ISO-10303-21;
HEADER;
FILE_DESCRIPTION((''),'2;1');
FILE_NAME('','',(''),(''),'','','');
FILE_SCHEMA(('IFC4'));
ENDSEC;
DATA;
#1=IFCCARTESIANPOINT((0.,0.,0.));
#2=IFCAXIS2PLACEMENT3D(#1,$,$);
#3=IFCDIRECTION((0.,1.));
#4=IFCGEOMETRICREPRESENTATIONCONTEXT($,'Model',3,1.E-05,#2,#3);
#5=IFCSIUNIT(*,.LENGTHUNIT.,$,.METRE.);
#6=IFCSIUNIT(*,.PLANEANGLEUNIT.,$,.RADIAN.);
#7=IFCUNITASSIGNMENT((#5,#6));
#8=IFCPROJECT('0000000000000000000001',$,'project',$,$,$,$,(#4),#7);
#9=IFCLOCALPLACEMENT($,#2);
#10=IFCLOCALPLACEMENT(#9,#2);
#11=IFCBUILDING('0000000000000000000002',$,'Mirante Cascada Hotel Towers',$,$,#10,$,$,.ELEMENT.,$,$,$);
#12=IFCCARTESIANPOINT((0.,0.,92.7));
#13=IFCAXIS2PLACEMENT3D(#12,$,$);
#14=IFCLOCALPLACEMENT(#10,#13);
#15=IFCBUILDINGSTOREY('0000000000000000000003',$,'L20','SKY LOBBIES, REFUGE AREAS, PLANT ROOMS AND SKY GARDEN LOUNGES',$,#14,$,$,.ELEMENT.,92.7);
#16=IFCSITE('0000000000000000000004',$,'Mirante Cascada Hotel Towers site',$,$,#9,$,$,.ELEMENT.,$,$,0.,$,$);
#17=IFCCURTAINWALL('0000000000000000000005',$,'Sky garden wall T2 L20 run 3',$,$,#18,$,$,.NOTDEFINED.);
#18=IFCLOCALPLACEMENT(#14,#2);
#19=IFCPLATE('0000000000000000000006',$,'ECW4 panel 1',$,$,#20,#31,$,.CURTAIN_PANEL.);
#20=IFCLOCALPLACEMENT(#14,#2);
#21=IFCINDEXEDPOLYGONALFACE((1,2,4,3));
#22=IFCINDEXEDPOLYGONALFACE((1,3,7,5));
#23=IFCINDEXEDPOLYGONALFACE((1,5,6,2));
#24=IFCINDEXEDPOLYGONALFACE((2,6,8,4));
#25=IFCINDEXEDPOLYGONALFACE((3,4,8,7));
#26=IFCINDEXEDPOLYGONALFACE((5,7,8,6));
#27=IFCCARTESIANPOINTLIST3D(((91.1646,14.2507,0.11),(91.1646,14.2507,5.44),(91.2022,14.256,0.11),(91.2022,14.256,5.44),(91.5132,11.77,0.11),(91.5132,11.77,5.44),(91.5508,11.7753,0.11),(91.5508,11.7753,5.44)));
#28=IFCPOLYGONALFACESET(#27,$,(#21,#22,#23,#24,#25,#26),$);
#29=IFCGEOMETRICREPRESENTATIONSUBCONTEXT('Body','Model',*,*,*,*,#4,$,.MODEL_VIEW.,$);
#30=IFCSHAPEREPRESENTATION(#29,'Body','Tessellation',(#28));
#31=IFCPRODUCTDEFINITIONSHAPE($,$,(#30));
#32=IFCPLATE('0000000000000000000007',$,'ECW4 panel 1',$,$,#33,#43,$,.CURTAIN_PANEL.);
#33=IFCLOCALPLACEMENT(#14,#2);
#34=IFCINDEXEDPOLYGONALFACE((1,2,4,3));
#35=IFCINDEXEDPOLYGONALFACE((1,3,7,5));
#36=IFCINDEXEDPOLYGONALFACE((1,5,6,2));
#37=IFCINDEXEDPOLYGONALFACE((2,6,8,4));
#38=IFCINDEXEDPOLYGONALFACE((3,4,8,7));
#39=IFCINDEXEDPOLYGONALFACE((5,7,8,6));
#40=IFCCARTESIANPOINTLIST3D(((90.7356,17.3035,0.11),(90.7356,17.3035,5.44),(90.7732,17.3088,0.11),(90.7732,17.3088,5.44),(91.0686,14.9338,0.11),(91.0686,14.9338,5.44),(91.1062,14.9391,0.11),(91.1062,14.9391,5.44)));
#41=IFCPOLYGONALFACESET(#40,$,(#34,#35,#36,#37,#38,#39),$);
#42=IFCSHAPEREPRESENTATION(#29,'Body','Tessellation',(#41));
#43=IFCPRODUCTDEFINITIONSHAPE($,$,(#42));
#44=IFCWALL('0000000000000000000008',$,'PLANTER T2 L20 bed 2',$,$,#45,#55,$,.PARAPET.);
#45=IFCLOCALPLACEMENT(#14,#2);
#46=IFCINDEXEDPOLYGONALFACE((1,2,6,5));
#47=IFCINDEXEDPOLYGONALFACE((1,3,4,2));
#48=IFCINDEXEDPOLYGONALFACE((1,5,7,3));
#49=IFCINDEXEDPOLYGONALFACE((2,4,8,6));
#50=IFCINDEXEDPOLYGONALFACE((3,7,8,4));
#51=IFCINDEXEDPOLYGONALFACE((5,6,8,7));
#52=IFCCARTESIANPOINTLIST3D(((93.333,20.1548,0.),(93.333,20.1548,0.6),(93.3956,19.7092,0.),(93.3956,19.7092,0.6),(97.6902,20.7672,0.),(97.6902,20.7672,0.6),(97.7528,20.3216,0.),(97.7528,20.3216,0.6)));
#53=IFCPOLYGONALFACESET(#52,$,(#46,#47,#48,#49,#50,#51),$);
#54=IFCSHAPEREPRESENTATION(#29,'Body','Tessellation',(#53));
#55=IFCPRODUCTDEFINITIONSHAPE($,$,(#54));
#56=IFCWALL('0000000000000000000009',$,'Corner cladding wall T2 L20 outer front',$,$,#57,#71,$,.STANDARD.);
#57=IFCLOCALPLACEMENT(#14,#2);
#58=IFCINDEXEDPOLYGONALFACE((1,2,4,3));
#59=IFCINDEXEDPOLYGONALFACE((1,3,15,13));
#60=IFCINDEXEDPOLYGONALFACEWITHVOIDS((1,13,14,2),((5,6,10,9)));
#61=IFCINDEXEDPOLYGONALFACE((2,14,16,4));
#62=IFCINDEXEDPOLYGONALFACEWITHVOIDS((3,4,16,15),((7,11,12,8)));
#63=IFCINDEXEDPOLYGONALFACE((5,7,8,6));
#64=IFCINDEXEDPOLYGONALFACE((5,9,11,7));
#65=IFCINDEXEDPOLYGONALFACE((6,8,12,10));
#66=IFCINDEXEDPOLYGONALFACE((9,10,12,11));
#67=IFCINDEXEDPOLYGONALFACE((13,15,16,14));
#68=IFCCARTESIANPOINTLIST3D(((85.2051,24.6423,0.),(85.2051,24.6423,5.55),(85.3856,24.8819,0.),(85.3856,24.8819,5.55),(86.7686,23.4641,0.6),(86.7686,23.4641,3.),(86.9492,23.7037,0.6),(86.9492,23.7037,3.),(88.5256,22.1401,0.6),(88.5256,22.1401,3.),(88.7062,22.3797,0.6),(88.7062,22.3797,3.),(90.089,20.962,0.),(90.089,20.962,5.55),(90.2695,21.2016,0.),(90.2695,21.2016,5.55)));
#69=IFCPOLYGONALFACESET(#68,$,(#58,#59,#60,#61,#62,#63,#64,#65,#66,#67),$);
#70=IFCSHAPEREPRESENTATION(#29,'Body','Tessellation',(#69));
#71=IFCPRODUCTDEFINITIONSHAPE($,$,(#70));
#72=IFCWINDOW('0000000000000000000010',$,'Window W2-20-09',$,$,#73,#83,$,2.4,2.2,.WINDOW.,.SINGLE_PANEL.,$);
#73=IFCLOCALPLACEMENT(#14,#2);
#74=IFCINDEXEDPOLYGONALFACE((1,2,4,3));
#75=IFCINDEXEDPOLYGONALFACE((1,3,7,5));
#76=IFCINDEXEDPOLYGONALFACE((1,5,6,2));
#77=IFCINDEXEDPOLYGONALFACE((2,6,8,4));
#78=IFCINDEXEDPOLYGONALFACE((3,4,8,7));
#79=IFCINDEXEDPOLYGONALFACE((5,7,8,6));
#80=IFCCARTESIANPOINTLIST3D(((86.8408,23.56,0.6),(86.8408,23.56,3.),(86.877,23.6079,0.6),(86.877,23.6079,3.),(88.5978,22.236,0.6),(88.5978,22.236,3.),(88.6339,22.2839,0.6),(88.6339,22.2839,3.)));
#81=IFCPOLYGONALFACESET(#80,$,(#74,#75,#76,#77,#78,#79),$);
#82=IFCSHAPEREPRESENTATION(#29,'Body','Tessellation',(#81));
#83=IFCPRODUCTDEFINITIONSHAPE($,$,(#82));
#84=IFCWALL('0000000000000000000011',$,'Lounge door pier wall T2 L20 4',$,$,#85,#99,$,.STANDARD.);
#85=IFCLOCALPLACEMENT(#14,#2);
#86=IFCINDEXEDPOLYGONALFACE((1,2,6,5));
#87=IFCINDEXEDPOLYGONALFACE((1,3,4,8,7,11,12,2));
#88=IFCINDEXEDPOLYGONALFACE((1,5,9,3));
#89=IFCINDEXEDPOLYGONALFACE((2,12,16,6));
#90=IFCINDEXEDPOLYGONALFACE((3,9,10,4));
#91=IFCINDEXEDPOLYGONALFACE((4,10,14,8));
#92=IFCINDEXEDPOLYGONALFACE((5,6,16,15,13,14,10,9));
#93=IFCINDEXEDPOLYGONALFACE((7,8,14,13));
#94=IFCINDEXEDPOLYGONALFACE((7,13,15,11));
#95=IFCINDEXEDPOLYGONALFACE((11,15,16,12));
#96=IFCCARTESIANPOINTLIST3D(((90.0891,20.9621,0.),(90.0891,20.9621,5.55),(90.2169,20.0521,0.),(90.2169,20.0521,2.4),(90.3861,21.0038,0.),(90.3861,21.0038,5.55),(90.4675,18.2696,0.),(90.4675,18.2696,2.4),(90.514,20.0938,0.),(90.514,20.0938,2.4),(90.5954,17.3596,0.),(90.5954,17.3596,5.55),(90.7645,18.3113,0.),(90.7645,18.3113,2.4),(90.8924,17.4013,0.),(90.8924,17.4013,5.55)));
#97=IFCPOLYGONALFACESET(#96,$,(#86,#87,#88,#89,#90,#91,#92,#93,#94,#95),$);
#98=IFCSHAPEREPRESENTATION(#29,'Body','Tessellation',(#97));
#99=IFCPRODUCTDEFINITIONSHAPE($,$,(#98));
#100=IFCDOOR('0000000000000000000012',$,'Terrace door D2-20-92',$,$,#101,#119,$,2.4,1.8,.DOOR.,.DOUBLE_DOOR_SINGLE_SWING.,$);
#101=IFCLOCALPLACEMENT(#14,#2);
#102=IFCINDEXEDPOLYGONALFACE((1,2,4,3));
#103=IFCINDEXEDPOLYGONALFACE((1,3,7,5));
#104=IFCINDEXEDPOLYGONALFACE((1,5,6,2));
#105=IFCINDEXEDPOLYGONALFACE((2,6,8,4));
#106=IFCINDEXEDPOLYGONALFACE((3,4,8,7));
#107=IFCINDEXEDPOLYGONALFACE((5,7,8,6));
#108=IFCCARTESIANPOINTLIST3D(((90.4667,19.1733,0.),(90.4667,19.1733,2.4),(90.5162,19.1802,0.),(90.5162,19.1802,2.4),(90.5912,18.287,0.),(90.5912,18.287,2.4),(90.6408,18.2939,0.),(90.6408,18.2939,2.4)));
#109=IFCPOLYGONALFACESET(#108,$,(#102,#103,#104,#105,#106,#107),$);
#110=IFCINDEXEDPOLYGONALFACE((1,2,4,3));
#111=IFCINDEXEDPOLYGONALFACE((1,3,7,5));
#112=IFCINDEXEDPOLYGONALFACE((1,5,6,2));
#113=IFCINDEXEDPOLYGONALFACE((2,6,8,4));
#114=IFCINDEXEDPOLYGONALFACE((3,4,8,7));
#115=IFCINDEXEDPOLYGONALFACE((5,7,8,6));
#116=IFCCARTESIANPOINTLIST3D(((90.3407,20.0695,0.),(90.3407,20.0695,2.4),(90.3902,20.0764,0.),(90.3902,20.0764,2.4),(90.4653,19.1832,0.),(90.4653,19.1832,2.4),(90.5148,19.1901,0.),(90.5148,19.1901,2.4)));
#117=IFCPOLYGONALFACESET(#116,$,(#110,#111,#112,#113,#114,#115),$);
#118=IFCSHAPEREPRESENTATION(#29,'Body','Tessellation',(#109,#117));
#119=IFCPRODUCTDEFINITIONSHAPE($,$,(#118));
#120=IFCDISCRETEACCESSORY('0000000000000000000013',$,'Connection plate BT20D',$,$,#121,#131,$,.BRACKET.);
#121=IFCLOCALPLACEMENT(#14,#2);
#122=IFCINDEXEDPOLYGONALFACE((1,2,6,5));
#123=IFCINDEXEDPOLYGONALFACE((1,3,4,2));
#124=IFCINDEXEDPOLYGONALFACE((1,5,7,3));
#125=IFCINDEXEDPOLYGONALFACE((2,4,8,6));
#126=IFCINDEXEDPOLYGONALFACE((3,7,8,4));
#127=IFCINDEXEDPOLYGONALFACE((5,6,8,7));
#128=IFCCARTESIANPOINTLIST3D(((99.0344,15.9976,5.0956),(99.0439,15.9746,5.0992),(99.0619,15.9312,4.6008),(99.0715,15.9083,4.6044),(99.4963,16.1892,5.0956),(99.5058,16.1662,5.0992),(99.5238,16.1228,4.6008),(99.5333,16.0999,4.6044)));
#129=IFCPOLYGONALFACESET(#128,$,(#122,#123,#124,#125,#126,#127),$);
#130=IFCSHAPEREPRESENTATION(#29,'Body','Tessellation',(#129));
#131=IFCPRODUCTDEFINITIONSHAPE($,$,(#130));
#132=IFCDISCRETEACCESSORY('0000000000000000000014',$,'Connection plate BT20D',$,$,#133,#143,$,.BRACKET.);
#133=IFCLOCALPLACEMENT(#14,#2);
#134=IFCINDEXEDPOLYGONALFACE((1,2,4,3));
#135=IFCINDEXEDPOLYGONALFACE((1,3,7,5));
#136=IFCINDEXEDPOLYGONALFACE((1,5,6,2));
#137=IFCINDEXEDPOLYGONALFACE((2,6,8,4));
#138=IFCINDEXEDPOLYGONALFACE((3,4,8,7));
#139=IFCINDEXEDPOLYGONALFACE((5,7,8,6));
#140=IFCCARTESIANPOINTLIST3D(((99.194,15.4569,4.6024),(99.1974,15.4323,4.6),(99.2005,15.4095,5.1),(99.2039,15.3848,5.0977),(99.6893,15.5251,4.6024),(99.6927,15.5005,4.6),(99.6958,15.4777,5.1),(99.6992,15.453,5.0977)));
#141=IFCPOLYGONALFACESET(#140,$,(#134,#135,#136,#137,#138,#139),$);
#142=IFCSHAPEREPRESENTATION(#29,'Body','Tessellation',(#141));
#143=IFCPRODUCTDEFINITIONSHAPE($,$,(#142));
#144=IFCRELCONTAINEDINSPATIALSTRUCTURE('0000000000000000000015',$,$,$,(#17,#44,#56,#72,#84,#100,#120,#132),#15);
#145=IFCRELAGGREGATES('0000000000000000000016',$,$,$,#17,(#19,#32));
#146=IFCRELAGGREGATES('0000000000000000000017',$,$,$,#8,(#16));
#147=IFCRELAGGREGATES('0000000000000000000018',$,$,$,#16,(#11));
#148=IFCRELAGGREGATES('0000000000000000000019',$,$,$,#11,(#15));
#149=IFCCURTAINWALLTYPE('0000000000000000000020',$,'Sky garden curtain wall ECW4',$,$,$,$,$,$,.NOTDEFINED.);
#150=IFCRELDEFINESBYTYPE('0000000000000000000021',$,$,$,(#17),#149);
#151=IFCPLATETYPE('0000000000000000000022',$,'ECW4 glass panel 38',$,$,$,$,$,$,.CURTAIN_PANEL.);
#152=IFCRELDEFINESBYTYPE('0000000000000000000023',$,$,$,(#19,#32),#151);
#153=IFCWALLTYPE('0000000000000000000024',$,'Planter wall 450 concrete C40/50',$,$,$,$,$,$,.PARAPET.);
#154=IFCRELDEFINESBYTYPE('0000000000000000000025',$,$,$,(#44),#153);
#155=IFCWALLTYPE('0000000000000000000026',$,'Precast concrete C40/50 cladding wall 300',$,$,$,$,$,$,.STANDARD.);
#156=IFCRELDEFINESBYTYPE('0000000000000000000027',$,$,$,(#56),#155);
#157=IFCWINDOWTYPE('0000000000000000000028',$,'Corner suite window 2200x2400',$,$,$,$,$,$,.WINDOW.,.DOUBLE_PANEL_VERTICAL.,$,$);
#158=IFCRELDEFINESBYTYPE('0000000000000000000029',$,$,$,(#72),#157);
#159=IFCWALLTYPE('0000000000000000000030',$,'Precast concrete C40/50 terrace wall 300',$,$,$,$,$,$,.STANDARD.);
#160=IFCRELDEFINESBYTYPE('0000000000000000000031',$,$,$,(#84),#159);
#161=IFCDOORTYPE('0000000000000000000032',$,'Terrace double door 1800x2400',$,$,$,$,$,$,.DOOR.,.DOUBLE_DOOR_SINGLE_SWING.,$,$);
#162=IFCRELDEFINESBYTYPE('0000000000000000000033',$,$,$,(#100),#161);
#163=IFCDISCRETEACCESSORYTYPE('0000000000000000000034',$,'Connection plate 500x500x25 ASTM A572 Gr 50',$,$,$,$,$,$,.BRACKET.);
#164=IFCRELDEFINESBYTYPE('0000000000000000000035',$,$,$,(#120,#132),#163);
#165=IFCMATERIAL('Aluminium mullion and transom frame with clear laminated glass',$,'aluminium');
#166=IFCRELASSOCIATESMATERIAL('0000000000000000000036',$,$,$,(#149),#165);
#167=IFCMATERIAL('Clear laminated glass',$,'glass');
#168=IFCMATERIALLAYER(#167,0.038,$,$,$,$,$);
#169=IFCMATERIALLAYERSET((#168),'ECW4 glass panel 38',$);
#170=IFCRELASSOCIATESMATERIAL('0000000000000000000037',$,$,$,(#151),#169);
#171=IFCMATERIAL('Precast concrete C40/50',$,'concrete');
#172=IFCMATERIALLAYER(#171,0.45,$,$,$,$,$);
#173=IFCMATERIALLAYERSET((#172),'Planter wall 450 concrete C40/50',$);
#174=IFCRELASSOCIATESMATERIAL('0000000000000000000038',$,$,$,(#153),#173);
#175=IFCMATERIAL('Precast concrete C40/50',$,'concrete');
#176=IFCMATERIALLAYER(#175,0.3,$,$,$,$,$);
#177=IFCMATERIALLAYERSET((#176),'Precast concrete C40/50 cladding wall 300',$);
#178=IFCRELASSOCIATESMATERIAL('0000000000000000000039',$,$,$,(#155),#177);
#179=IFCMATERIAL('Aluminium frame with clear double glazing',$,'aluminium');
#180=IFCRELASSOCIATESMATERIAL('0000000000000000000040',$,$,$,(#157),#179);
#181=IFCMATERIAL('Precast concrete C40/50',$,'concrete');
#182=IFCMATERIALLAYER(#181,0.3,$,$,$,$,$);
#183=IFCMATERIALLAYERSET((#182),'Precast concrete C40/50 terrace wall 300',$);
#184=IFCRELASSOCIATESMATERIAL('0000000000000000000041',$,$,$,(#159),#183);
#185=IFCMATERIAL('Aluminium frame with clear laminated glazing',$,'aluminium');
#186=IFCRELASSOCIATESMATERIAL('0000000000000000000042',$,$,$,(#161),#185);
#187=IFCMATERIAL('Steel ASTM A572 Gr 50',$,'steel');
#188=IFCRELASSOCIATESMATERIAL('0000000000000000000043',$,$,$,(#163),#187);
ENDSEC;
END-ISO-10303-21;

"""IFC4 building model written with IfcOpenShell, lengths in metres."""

from ifc_helpers import new_model, si_unit, direction, frame, frame_2d, origin, origin_2d, place, context, subcontext, project, spatial, rectangle, extrude, material, layer, layer_set, material_profile, profile_set, type_object, element, fill, aggregate, save


model = new_model("IFC4")

# Units and contexts
model_context = context("Model", 3, precision=1e-05, world=origin(), true_north=direction((0.0, 1.0)))
body_context = subcontext(model_context, "Body", "Model", "MODEL_VIEW")
ifc_project = project(units=[si_unit("LENGTHUNIT", "METRE"), si_unit("PLANEANGLEUNIT", "RADIAN")], contexts=[model_context])

# Site, building, storey
site_placement = place(None, origin())
site = spatial("IfcSite", under=ifc_project, at=site_placement, Name="Mirante Cascada Hotel Towers site", CompositionType="ELEMENT", RefElevation=0.0)
building_placement = place(site_placement, origin())
building = spatial("IfcBuilding", under=site, at=building_placement, Name="Mirante Cascada Hotel Towers", CompositionType="ELEMENT")
storey_placement = place(building_placement, frame((0.0, 0.0, 92.7)))
storey = spatial("IfcBuildingStorey", under=building, at=storey_placement, Name="L20", Description="SKY LOBBIES, REFUGE AREAS, PLANT ROOMS AND SKY GARDEN LOUNGES", CompositionType="ELEMENT", Elevation=92.7)

# Curtain wall, plates
ifc_material_1 = material(Name="Aluminium mullion and transom frame with clear laminated glass", Category="aluminium")
curtain_wall_type = type_object("IfcCurtainWallType", Name="Sky garden curtain wall ECW4", PredefinedType="NOTDEFINED", material=ifc_material_1)
curtain_wall_placement = place(storey_placement, origin())
curtain_wall = element("IfcCurtainWall", 1, at=curtain_wall_placement, inside=storey, type_object=curtain_wall_type, Name="Sky garden wall T2 L20 run 3", PredefinedType="NOTDEFINED")
ifc_material_2 = material(Name="Clear laminated glass", Category="glass")
ifc_layer_1 = layer(ifc_material_2, 0.038)
ifc_layer_set_1 = layer_set([ifc_layer_1], Name="ECW4 glass panel 38")
plate_type = type_object("IfcPlateType", Name="ECW4 glass panel 38", PredefinedType="CURTAIN_PANEL", material=ifc_layer_set_1)
plate_1_placement = place(storey_placement, frame((91.3577, 13.013, 0.11), z_axis=(0.0, 0.0, 1.0), x_axis=(-0.139173, 0.990268, 0.0)))
plate_1 = element("IfcPlate", 2, at=plate_1_placement, type_object=plate_type, Name="ECW4 panel 1", PredefinedType="CURTAIN_PANEL", context=body_context, shape_type="SweptSolid", body=[
    extrude(rectangle(XDim=2.505, YDim=0.038, at=origin_2d()), origin(), (0.0, 0.0, 1.0), 5.33),
])
plate_2_placement = place(storey_placement, frame((90.9209, 16.1213, 0.11), z_axis=(0.0, 0.0, 1.0), x_axis=(-0.139173, 0.990268, 0.0)))
plate_2 = element("IfcPlate", 3, at=plate_2_placement, type_object=plate_type, Name="ECW4 panel 1", PredefinedType="CURTAIN_PANEL", context=body_context, shape_type="SweptSolid", body=[
    extrude(rectangle(XDim=2.3929, YDim=0.038, at=origin_2d()), origin(), (0.0, 0.0, 1.0), 5.33),
])
aggregate(curtain_wall, [plate_1, plate_2])

# Wall
ifc_material_3 = material(Name="Precast concrete C40/50", Category="concrete")
ifc_layer_2 = layer(ifc_material_3, 0.45)
ifc_layer_set_2 = layer_set([ifc_layer_2], Name="Planter wall 450 concrete C40/50")
wall_type_1 = type_object("IfcWallType", Name="Planter wall 450 concrete C40/50", PredefinedType="PARAPET", material=ifc_layer_set_2)
wall_1_placement = place(storey_placement, frame((93.3643, 19.932, 0.0), z_axis=(0.0, 0.0, 1.0), x_axis=(0.990267, 0.139181, 0.0)))
element("IfcWall", 4, at=wall_1_placement, inside=storey, type_object=wall_type_1, Name="PLANTER T2 L20 bed 2", PredefinedType="PARAPET", context=body_context, shape_type="SweptSolid", body=[
    extrude(rectangle(XDim=4.4, YDim=0.45, at=frame_2d((2.2, 0.0))), origin(), (0.0, 0.0, 1.0), 0.6),
])

# Wall, opening, window
ifc_material_4 = material(Name="Precast concrete C40/50", Category="concrete")
ifc_layer_3 = layer(ifc_material_4, 0.3)
ifc_layer_set_3 = layer_set([ifc_layer_3], Name="Precast concrete C40/50 cladding wall 300")
wall_type_2 = type_object("IfcWallType", Name="Precast concrete C40/50 cladding wall 300", PredefinedType="STANDARD", material=ifc_layer_set_3)
wall_2_placement = place(storey_placement, frame((90.1793, 21.0818, 0.0), z_axis=(0.0, 0.0, 1.0), x_axis=(-0.798634, 0.601817, 0.0)))
wall_2 = element("IfcWall", 5, at=wall_2_placement, inside=storey, type_object=wall_type_2, Name="Corner cladding wall T2 L20 outer front", PredefinedType="STANDARD", context=body_context, shape_type="SweptSolid", body=[
    extrude(rectangle(XDim=6.1153, YDim=0.3, at=frame_2d((3.0577, 0.0))), origin(), (0.0, 0.0, 1.0), 5.55),
])
opening_1_placement = place(wall_2_placement, frame((1.9576, 0.0, 0.6)))
opening_1 = element("IfcOpeningElement", 6, at=opening_1_placement, cuts=wall_2, PredefinedType="OPENING", context=body_context, shape_type="SweptSolid", body=[
    extrude(rectangle(XDim=2.2, YDim=2.4, at=frame_2d((1.1, 1.2))), frame((0.0, 0.15, 0.0), z_axis=(0.0, -1.0, 0.0), x_axis=(1.0, 0.0, 0.0)), (0.0, 0.0, 1.0), 0.3),
])
ifc_material_5 = material(Name="Aluminium frame with clear double glazing", Category="aluminium")
window_type = type_object("IfcWindowType", Name="Corner suite window 2200x2400", PartitioningType="DOUBLE_PANEL_VERTICAL", PredefinedType="WINDOW", material=ifc_material_5)
window_placement = place(opening_1_placement, origin())
window = element("IfcWindow", 7, at=window_placement, inside=storey, type_object=window_type, Name="Window W2-20-09", OverallHeight=2.4, OverallWidth=2.2, PartitioningType="SINGLE_PANEL", PredefinedType="WINDOW", context=body_context, shape_type="SweptSolid", body=[
    extrude(rectangle(XDim=2.2, YDim=2.4, at=frame_2d((1.1, 1.2))), frame((0.0, 0.03, 0.0), z_axis=(0.0, -1.0, 0.0), x_axis=(1.0, 0.0, 0.0)), (0.0, 0.0, 1.0), 0.06),
])
fill(opening_1, window)

# Wall, opening, door
ifc_material_6 = material(Name="Precast concrete C40/50", Category="concrete")
ifc_layer_4 = layer(ifc_material_6, 0.3)
ifc_layer_set_4 = layer_set([ifc_layer_4], Name="Precast concrete C40/50 terrace wall 300")
wall_type_3 = type_object("IfcWallType", Name="Precast concrete C40/50 terrace wall 300", PredefinedType="STANDARD", material=ifc_layer_set_4)
wall_3_placement = place(storey_placement, frame((90.7439, 17.3804, 0.0), z_axis=(0.0, 0.0, 1.0), x_axis=(-0.139174, 0.990268, 0.0)))
wall_3 = element("IfcWall", 8, at=wall_3_placement, inside=storey, type_object=wall_type_3, Name="Lounge door pier wall T2 L20 4", PredefinedType="STANDARD", context=body_context, shape_type="SweptSolid", body=[
    extrude(rectangle(XDim=3.6379, YDim=0.3, at=frame_2d((1.819, 0.0))), origin(), (0.0, 0.0, 1.0), 5.55),
])
opening_2_placement = place(wall_3_placement, frame((0.919, 0.0, 0.0)))
opening_2 = element("IfcOpeningElement", 9, at=opening_2_placement, cuts=wall_3, PredefinedType="OPENING", context=body_context, shape_type="SweptSolid", body=[
    extrude(rectangle(XDim=1.8, YDim=2.4, at=frame_2d((0.9, 1.2))), frame((0.0, 0.15, 0.0), z_axis=(0.0, -1.0, 0.0), x_axis=(1.0, 0.0, 0.0)), (0.0, 0.0, 1.0), 0.3),
])
ifc_material_7 = material(Name="Aluminium frame with clear laminated glazing", Category="aluminium")
door_type = type_object("IfcDoorType", Name="Terrace double door 1800x2400", OperationType="DOUBLE_DOOR_SINGLE_SWING", PredefinedType="DOOR", material=ifc_material_7)
door_placement = place(opening_2_placement, origin())
door = element("IfcDoor", 10, at=door_placement, inside=storey, type_object=door_type, Name="Terrace door D2-20-92", OperationType="DOUBLE_DOOR_SINGLE_SWING", OverallHeight=2.4, OverallWidth=1.8, PredefinedType="DOOR", context=body_context, shape_type="SweptSolid", body=[
    extrude(rectangle(XDim=0.895, YDim=2.4, at=frame_2d((0.4475, 1.2))), frame((0.0, 0.025, 0.0), z_axis=(0.0, -1.0, 0.0), x_axis=(1.0, 0.0, 0.0)), (0.0, 0.0, 1.0), 0.05),
    extrude(rectangle(XDim=0.895, YDim=2.4, at=frame_2d((1.3525, 1.2))), frame((0.0, 0.025, 0.0), z_axis=(0.0, -1.0, 0.0), x_axis=(1.0, 0.0, 0.0)), (0.0, 0.0, 1.0), 0.05),
])
fill(opening_2, door)

# Discrete accessories
ifc_material_8 = material(Name="Steel ASTM A572 Gr 50", Category="steel")
ifc_material_profile_1 = material_profile(ifc_material_8, rectangle(XDim=0.5, YDim=0.5, at=origin_2d()), Name="Connection plate 500x500x25 ASTM A572 Gr 50")
ifc_profile_set_1 = profile_set([ifc_material_profile_1], Name="Steel ASTM A572 Gr 50")
discrete_accessory_type = type_object("IfcDiscreteAccessoryType", Name="Connection plate 500x500x25 ASTM A572 Gr 50", PredefinedType="BRACKET", material=ifc_profile_set_1)
discrete_accessory_1_placement = place(storey_placement, frame((99.2791, 16.0602, 4.8482), z_axis=(0.379206, -0.914086, 0.143699), x_axis=(0.923673, 0.383183, 0.0)))
element("IfcDiscreteAccessory", 11, at=discrete_accessory_1_placement, inside=storey, type_object=discrete_accessory_type, Name="Connection plate BT20D", PredefinedType="BRACKET", context=body_context, shape_type="SweptSolid", body=[
    extrude(rectangle(XDim=0.5, YDim=0.5, at=origin_2d()), origin(), (0.0, 0.0, 1.0), 0.0251),
])
discrete_accessory_2_placement = place(storey_placement, frame((99.4449, 15.4673, 4.8512), z_axis=(0.135739, -0.986101, -0.095815), x_axis=(0.990658, 0.136366, 0.0)))
element("IfcDiscreteAccessory", 12, at=discrete_accessory_2_placement, inside=storey, type_object=discrete_accessory_type, Name="Connection plate BT20D", PredefinedType="BRACKET", context=body_context, shape_type="SweptSolid", body=[
    extrude(rectangle(XDim=0.5, YDim=0.5, at=origin_2d()), origin(), (0.0, 0.0, 1.0), 0.025),
])

save(model, "model.ifc")
